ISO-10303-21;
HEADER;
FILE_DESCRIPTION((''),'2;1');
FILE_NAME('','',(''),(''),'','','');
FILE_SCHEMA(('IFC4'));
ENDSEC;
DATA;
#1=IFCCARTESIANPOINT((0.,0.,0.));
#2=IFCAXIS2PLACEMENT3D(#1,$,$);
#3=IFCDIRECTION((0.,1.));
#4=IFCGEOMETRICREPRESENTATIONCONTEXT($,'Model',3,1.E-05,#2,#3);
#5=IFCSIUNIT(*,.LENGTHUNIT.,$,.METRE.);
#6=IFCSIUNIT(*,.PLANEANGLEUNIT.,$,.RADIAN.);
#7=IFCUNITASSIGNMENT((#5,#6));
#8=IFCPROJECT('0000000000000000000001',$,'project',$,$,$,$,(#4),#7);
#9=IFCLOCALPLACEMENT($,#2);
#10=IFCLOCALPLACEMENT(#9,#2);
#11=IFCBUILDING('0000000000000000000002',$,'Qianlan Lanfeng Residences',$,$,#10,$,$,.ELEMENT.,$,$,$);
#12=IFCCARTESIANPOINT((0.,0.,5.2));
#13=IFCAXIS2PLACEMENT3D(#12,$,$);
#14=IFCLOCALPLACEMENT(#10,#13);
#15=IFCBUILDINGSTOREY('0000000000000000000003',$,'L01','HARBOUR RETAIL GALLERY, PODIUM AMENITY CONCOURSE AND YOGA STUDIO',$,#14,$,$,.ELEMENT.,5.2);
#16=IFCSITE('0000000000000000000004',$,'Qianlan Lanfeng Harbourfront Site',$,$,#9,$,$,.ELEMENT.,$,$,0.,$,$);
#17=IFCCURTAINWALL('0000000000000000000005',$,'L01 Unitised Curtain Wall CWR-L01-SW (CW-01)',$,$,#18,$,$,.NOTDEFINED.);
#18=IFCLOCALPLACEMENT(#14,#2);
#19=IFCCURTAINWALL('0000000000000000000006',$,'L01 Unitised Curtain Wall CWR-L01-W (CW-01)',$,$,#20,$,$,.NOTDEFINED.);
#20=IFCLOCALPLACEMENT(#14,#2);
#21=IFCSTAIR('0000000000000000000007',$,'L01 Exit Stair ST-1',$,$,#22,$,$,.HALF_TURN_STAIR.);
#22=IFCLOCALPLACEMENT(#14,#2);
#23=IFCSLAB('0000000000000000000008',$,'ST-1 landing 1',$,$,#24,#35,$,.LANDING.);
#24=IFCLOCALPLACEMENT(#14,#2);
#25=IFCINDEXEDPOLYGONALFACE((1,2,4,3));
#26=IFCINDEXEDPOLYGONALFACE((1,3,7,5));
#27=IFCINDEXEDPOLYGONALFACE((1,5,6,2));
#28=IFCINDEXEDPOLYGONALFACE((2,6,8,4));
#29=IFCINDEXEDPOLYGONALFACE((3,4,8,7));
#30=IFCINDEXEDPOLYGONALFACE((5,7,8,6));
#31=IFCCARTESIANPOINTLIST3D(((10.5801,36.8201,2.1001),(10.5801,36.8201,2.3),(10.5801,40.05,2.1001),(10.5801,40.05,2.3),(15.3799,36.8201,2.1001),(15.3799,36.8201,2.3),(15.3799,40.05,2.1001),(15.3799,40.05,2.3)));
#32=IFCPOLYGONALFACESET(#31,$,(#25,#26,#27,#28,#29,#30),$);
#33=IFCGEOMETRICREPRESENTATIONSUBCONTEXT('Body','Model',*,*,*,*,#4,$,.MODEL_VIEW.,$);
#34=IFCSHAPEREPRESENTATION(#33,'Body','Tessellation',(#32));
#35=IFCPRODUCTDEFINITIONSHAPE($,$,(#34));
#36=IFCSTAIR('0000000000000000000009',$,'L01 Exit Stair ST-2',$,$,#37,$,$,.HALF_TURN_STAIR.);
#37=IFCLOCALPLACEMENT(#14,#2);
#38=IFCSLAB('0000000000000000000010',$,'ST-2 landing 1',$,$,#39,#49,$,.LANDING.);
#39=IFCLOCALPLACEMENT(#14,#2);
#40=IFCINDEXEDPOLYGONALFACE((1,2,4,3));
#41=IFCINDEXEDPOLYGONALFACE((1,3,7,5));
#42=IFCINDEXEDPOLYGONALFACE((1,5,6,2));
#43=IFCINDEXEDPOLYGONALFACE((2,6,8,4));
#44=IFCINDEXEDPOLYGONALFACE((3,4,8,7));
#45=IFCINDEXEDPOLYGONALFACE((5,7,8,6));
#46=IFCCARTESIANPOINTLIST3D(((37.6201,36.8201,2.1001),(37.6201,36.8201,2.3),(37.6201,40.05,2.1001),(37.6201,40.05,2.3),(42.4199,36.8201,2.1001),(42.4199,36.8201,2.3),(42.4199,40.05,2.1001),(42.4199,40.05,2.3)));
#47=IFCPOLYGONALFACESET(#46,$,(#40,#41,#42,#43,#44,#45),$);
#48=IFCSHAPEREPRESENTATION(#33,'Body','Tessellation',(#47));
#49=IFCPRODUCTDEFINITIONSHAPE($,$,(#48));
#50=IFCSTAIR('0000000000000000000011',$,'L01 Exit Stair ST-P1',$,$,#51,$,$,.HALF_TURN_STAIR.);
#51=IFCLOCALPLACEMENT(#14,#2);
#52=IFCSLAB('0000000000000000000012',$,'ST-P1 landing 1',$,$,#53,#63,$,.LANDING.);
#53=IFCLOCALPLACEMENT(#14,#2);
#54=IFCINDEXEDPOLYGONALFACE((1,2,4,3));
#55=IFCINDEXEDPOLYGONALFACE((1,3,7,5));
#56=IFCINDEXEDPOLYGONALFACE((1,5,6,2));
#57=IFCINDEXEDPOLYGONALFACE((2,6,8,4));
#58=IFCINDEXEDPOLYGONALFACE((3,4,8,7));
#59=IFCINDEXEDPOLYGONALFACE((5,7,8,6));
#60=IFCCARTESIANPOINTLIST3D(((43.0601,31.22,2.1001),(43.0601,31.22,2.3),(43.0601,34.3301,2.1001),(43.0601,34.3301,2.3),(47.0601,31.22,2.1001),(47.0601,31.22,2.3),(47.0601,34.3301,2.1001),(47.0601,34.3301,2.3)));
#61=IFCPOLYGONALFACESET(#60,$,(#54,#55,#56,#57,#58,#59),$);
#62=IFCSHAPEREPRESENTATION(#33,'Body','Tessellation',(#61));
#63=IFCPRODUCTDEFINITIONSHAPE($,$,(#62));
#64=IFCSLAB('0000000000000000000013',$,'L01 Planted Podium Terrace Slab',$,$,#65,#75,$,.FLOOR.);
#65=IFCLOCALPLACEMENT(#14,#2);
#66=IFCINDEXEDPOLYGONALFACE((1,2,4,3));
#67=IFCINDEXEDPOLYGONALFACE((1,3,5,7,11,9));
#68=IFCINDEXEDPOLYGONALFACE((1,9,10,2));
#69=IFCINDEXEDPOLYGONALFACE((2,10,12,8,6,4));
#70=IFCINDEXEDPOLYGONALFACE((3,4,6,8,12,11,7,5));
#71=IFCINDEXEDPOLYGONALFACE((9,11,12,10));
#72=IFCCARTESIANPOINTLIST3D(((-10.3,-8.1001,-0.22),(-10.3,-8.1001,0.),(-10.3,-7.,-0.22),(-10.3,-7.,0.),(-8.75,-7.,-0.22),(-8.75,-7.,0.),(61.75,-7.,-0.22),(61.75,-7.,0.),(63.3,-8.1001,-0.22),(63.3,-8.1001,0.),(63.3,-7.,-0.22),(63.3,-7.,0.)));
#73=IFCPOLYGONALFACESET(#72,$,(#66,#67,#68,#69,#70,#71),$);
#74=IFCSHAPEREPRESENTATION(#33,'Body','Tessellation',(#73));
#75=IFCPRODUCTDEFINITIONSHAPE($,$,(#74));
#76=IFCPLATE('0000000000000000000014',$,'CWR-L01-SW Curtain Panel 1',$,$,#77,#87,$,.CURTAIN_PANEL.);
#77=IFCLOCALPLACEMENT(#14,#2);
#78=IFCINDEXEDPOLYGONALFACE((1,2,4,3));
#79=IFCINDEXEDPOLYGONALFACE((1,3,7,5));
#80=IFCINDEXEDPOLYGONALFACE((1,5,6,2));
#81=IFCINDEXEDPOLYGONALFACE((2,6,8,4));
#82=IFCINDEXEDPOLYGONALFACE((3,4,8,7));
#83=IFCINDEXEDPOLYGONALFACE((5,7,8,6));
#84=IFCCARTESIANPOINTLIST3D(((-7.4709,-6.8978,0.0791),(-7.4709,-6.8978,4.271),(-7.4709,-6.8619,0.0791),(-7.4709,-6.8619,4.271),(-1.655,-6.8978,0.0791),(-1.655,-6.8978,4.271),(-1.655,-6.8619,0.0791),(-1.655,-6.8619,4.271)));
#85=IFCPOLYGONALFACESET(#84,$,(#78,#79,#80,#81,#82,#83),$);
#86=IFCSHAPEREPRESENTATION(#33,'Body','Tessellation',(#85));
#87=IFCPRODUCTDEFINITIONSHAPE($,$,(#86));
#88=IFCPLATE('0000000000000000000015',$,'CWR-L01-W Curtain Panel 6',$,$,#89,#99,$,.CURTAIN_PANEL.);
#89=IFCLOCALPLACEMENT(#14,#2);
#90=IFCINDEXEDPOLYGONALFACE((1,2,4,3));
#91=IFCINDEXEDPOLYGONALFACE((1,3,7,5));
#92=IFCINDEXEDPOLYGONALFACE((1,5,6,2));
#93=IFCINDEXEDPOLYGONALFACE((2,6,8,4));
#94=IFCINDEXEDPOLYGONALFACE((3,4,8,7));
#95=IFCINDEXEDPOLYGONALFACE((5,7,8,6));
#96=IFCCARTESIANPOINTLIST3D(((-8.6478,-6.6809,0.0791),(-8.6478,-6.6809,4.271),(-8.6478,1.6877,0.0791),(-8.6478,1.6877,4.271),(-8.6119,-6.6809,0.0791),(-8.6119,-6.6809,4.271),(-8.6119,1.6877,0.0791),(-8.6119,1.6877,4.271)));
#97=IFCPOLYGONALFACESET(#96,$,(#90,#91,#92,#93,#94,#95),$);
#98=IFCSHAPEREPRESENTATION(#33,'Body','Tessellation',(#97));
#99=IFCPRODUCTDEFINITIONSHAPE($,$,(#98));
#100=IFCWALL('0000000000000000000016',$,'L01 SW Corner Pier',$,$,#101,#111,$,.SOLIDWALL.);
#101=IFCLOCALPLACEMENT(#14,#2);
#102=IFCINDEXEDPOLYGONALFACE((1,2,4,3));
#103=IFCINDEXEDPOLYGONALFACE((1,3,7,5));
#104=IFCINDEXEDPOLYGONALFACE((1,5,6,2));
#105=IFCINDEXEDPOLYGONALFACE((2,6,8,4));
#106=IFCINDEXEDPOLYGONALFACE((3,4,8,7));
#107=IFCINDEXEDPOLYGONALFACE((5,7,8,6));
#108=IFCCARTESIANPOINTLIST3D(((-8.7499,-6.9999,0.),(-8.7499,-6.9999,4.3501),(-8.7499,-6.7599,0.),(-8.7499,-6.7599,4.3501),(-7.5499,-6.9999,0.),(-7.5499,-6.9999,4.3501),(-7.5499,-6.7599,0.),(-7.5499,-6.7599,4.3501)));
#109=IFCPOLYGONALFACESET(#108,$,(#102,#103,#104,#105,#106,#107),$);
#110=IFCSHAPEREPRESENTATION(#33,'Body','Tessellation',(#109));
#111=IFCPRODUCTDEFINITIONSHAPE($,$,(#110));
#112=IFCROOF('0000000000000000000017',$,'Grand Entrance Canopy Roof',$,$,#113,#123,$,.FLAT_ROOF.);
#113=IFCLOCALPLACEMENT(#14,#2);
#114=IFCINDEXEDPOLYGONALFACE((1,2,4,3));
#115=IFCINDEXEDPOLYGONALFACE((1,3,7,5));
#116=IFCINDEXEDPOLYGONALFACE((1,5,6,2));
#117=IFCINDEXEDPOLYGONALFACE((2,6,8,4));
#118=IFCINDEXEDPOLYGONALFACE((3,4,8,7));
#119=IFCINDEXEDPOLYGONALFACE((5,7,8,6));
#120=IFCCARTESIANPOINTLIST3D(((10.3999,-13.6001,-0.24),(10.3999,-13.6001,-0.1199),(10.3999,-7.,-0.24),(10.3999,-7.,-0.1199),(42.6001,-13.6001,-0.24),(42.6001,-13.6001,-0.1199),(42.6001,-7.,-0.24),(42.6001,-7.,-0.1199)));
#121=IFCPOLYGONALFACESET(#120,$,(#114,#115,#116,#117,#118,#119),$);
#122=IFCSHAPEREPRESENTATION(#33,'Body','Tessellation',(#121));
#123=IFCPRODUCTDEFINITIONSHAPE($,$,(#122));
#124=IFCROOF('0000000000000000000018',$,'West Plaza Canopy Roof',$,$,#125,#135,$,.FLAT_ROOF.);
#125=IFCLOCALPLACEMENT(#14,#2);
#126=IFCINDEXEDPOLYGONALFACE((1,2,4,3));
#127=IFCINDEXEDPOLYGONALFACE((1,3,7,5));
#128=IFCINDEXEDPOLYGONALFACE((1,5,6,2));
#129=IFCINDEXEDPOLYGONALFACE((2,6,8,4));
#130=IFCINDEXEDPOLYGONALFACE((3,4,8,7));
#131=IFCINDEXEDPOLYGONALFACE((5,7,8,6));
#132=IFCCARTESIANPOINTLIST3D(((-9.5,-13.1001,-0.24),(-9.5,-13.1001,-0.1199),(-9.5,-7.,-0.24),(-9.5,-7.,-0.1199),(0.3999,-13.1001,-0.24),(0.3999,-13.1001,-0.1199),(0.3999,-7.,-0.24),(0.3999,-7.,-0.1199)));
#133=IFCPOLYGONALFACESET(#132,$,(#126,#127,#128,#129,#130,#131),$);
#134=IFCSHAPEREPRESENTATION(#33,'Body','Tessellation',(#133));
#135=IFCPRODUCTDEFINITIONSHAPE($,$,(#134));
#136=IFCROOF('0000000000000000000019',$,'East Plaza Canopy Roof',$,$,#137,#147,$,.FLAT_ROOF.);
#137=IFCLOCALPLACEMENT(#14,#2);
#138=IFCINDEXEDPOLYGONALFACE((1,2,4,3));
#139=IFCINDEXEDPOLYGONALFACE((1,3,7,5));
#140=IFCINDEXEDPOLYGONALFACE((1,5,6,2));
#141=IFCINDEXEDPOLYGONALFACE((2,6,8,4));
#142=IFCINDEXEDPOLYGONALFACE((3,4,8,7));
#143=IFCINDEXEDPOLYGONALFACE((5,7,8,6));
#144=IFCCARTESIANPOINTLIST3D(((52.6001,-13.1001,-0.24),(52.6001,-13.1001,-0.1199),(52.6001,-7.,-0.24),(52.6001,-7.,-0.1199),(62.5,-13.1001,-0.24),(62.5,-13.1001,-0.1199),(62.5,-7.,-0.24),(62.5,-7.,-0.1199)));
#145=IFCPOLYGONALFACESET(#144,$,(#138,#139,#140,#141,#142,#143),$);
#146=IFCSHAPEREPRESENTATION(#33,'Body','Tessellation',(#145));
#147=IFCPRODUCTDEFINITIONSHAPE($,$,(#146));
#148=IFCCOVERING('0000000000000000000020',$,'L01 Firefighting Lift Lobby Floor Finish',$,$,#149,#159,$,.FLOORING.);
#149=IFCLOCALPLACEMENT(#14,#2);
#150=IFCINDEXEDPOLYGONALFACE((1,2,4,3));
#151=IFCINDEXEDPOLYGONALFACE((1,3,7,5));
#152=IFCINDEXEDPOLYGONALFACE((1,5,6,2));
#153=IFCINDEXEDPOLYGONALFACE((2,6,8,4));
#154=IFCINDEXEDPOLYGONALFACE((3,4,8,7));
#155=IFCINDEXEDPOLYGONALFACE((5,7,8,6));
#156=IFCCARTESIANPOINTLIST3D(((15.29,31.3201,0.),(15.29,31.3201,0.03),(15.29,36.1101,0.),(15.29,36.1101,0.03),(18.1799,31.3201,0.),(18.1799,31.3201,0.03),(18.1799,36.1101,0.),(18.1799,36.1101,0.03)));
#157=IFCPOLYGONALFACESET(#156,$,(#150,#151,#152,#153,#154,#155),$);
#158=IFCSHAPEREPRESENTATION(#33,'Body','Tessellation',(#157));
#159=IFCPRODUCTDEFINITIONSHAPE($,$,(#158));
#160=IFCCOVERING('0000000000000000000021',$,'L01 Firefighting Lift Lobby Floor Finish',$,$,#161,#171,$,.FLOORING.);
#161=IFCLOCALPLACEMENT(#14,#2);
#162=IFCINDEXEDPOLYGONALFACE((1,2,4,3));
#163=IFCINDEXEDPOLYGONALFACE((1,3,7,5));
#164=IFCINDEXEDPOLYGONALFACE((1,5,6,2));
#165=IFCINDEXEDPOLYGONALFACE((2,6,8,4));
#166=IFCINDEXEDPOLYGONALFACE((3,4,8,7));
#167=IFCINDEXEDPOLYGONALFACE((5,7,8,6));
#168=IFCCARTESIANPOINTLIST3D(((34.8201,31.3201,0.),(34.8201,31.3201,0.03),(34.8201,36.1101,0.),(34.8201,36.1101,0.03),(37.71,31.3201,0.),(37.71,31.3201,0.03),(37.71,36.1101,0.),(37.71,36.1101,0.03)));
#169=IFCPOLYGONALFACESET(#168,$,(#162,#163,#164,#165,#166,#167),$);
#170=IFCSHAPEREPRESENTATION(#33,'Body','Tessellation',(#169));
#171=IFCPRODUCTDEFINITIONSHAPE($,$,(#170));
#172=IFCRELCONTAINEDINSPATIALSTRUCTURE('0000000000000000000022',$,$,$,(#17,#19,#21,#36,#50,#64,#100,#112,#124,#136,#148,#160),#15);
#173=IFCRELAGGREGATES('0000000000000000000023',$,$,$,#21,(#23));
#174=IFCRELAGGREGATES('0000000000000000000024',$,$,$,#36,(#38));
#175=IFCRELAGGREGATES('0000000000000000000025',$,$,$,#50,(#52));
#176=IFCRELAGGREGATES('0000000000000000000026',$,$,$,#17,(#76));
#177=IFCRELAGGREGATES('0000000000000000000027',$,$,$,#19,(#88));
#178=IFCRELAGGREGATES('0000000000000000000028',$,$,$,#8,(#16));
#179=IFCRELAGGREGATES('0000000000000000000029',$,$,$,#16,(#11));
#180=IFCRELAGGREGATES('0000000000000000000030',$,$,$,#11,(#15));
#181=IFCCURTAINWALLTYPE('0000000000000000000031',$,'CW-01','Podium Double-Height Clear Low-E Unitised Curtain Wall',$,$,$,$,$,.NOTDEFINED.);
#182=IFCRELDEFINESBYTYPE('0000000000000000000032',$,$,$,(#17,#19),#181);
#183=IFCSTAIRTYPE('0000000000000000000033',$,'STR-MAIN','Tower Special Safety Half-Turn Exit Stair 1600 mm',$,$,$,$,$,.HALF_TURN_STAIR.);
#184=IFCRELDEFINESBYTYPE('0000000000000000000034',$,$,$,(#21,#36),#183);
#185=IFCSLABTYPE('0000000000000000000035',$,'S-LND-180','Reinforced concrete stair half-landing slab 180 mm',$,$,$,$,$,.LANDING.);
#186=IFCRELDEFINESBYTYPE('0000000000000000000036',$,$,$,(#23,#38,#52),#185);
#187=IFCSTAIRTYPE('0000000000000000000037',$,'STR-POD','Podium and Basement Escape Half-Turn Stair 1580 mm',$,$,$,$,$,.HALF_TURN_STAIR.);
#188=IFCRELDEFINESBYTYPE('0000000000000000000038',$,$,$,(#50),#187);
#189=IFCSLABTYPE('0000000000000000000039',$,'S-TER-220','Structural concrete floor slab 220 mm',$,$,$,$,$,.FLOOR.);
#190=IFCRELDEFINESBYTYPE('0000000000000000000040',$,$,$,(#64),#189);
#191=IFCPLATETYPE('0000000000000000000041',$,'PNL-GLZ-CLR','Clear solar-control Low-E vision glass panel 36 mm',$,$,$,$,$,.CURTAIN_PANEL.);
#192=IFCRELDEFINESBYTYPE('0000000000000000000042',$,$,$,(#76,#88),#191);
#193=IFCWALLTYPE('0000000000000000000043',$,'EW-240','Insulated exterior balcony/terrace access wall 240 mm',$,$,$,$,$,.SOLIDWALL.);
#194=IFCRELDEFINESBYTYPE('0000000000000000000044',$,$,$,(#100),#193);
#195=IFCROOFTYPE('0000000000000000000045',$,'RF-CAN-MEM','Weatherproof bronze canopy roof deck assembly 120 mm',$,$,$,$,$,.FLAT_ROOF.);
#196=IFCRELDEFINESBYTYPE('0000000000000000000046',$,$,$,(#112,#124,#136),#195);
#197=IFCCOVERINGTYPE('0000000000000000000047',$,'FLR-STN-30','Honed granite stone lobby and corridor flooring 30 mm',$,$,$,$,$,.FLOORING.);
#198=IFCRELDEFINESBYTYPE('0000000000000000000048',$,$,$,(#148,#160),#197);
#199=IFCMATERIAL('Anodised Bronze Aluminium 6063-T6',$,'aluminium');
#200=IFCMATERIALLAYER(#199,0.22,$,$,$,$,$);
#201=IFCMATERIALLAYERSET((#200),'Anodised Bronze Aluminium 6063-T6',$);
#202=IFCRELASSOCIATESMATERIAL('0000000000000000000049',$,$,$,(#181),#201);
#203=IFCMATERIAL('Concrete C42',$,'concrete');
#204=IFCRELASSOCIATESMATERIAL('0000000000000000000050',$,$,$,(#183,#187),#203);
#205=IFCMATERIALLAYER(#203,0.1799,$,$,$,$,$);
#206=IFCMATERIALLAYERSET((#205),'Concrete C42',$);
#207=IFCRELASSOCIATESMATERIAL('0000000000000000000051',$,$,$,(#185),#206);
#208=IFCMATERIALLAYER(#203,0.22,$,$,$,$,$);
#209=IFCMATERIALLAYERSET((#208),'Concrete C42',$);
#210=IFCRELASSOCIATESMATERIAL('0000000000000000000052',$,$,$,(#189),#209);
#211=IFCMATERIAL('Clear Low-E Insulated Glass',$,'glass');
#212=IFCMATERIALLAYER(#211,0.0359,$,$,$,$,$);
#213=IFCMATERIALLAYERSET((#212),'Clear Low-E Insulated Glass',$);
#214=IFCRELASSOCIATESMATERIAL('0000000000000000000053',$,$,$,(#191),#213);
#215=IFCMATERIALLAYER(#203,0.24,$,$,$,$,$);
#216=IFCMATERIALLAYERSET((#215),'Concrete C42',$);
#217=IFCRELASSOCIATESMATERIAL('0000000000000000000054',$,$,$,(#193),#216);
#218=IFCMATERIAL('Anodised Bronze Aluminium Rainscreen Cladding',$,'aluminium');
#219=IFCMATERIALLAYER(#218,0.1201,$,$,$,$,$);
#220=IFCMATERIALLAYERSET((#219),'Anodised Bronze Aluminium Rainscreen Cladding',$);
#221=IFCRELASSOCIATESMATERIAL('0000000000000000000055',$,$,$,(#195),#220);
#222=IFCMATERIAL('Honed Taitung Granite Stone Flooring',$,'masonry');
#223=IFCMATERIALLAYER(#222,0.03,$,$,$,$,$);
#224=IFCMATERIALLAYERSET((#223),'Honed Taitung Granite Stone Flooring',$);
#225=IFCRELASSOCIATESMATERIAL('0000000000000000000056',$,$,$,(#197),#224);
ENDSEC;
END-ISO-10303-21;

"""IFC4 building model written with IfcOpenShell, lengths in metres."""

from ifc_helpers import new_model, si_unit, direction, frame, frame_2d, origin, origin_2d, place, context, subcontext, project, spatial, polyline, rectangle, outline, extrude, source, transform, mapped, material, layer, layer_set, type_object, element, aggregate, save


model = new_model("IFC4")

# Units and contexts
model_context = context("Model", 3, precision=1e-05, world=origin(), true_north=direction((0.0, 1.0)))
body_context = subcontext(model_context, "Body", "Model", "MODEL_VIEW")
ifc_project = project(units=[si_unit("LENGTHUNIT", "METRE"), si_unit("PLANEANGLEUNIT", "RADIAN")], contexts=[model_context])

# Site, building, storey
site_placement = place(None, origin())
site = spatial("IfcSite", under=ifc_project, at=site_placement, Name="Qianlan Lanfeng Harbourfront Site", CompositionType="ELEMENT", RefElevation=0.0)
building_placement = place(site_placement, origin())
building = spatial("IfcBuilding", under=site, at=building_placement, Name="Qianlan Lanfeng Residences", CompositionType="ELEMENT")
storey_placement = place(building_placement, frame((0.0, 0.0, 5.2)))
storey = spatial("IfcBuildingStorey", under=building, at=storey_placement, Name="L01", Description="HARBOUR RETAIL GALLERY, PODIUM AMENITY CONCOURSE AND YOGA STUDIO", CompositionType="ELEMENT", Elevation=5.2)

# Curtain wall
ifc_material_1 = material(Name="Anodised Bronze Aluminium 6063-T6", Category="aluminium")
ifc_layer_1 = layer(ifc_material_1, 0.22)
ifc_layer_set_1 = layer_set([ifc_layer_1], Name="Anodised Bronze Aluminium 6063-T6")
curtain_wall_type = type_object("IfcCurtainWallType", Name="CW-01", Description="Podium Double-Height Clear Low-E Unitised Curtain Wall", PredefinedType="NOTDEFINED", material=ifc_layer_set_1)
curtain_wall_1_placement = place(storey_placement, origin())
curtain_wall_1 = element("IfcCurtainWall", 1, at=curtain_wall_1_placement, inside=storey, type_object=curtain_wall_type, Name="L01 Unitised Curtain Wall CWR-L01-SW (CW-01)", PredefinedType="NOTDEFINED")

# Curtain wall
curtain_wall_2_placement = place(storey_placement, origin())
curtain_wall_2 = element("IfcCurtainWall", 2, at=curtain_wall_2_placement, inside=storey, type_object=curtain_wall_type, Name="L01 Unitised Curtain Wall CWR-L01-W (CW-01)", PredefinedType="NOTDEFINED")

# Stairs, slabs
ifc_material_2 = material(Name="Concrete C42", Category="concrete")
stair_type_1 = type_object("IfcStairType", Name="STR-MAIN", Description="Tower Special Safety Half-Turn Exit Stair 1600 mm", PredefinedType="HALF_TURN_STAIR", material=ifc_material_2)
stair_1_placement = place(storey_placement, origin())
stair_1 = element("IfcStair", 3, at=stair_1_placement, inside=storey, type_object=stair_type_1, Name="L01 Exit Stair ST-1", PredefinedType="HALF_TURN_STAIR")
ifc_layer_2 = layer(ifc_material_2, 0.1799)
ifc_layer_set_2 = layer_set([ifc_layer_2], Name="Concrete C42")
slab_type_1 = type_object("IfcSlabType", Name="S-LND-180", Description="Reinforced concrete stair half-landing slab 180 mm", PredefinedType="LANDING", material=ifc_layer_set_2)
slab_1_placement = place(storey_placement, frame((0.0, 0.0, 2.1001)))
slab_1 = element("IfcSlab", 4, at=slab_1_placement, type_object=slab_type_1, Name="ST-1 landing 1", PredefinedType="LANDING", context=body_context, shape_type="SweptSolid", body=[
    extrude(outline(polyline([(10.5801, 36.8201), (15.3799, 36.8201), (15.3799, 40.05), (10.5801, 40.05), (10.5801, 36.8201)])), origin(), (0.0, 0.0, 1.0), 0.2),
])
aggregate(stair_1, [slab_1])
stair_2_placement = place(storey_placement, origin())
stair_2 = element("IfcStair", 5, at=stair_2_placement, inside=storey, type_object=stair_type_1, Name="L01 Exit Stair ST-2", PredefinedType="HALF_TURN_STAIR")
slab_2_placement = place(storey_placement, frame((0.0, 0.0, 2.1001)))
slab_2 = element("IfcSlab", 6, at=slab_2_placement, type_object=slab_type_1, Name="ST-2 landing 1", PredefinedType="LANDING", context=body_context, shape_type="SweptSolid", body=[
    extrude(outline(polyline([(37.6201, 36.8201), (42.4199, 36.8201), (42.4199, 40.05), (37.6201, 40.05), (37.6201, 36.8201)])), origin(), (0.0, 0.0, 1.0), 0.2),
])
aggregate(stair_2, [slab_2])
stair_type_2 = type_object("IfcStairType", Name="STR-POD", Description="Podium and Basement Escape Half-Turn Stair 1580 mm", PredefinedType="HALF_TURN_STAIR", material=ifc_material_2)
stair_3_placement = place(storey_placement, origin())
stair_3 = element("IfcStair", 7, at=stair_3_placement, inside=storey, type_object=stair_type_2, Name="L01 Exit Stair ST-P1", PredefinedType="HALF_TURN_STAIR")
slab_3_placement = place(storey_placement, frame((0.0, 0.0, 2.1001)))
slab_3 = element("IfcSlab", 8, at=slab_3_placement, type_object=slab_type_1, Name="ST-P1 landing 1", PredefinedType="LANDING", context=body_context, shape_type="SweptSolid", body=[
    extrude(outline(polyline([(43.0601, 31.22), (47.0601, 31.22), (47.0601, 34.3301), (43.0601, 34.3301), (43.0601, 31.22)])), origin(), (0.0, 0.0, 1.0), 0.2),
])
aggregate(stair_3, [slab_3])

# Slab
ifc_layer_3 = layer(ifc_material_2, 0.22)
ifc_layer_set_3 = layer_set([ifc_layer_3], Name="Concrete C42")
slab_type_2 = type_object("IfcSlabType", Name="S-TER-220", Description="Structural concrete floor slab 220 mm", PredefinedType="FLOOR", material=ifc_layer_set_3)
slab_4_placement = place(storey_placement, frame((0.0, 0.0, -0.22)))
element("IfcSlab", 9, at=slab_4_placement, inside=storey, type_object=slab_type_2, Name="L01 Planted Podium Terrace Slab", PredefinedType="FLOOR", context=body_context, shape_type="SweptSolid", body=[
    extrude(outline(polyline([(61.75, -7.0), (-8.75, -7.0), (-10.3, -7.0), (-10.3, -8.1001), (63.3, -8.1001), (63.3, -7.0), (61.75, -7.0)])), origin(), (0.0, 0.0, 1.0), 0.22),
])

# Plates
ifc_material_3 = material(Name="Clear Low-E Insulated Glass", Category="glass")
ifc_layer_4 = layer(ifc_material_3, 0.0359)
ifc_layer_set_4 = layer_set([ifc_layer_4], Name="Clear Low-E Insulated Glass")
plate_type = type_object("IfcPlateType", Name="PNL-GLZ-CLR", Description="Clear solar-control Low-E vision glass panel 36 mm", PredefinedType="CURTAIN_PANEL", material=ifc_layer_set_4)
shared_shape_1 = source(origin(), body_context, "Body", "SweptSolid", [
    extrude(rectangle(XDim=5.8159, YDim=0.0359, at=origin_2d()), origin(), (0.0, 0.0, 1.0), 4.1919),
])
plate_1_placement = place(storey_placement, frame((-4.563, -6.8799, 0.0791), z_axis=(0.0, 0.0, 1.0), x_axis=(1.0, 0.0, 0.0)))
plate_1 = element("IfcPlate", 10, at=plate_1_placement, type_object=plate_type, Name="CWR-L01-SW Curtain Panel 1", PredefinedType="CURTAIN_PANEL", context=body_context, shape_type="MappedRepresentation", body=[
    mapped(shared_shape_1, transform((0.0, 0.0, 0.0), scale=1.0)),
])
aggregate(curtain_wall_1, [plate_1])
shared_shape_2 = source(origin(), body_context, "Body", "SweptSolid", [
    extrude(rectangle(XDim=8.3687, YDim=0.0359, at=origin_2d()), origin(), (0.0, 0.0, 1.0), 4.1919),
])
plate_2_placement = place(storey_placement, frame((-8.6299, -2.4966, 0.0791), z_axis=(0.0, 0.0, 1.0), x_axis=(0.0, -1.0, 0.0)))
plate_2 = element("IfcPlate", 11, at=plate_2_placement, type_object=plate_type, Name="CWR-L01-W Curtain Panel 6", PredefinedType="CURTAIN_PANEL", context=body_context, shape_type="MappedRepresentation", body=[
    mapped(shared_shape_2, transform((0.0, 0.0, 0.0), scale=1.0)),
])
aggregate(curtain_wall_2, [plate_2])

# Wall
ifc_layer_5 = layer(ifc_material_2, 0.24)
ifc_layer_set_5 = layer_set([ifc_layer_5], Name="Concrete C42")
wall_type = type_object("IfcWallType", Name="EW-240", Description="Insulated exterior balcony/terrace access wall 240 mm", PredefinedType="SOLIDWALL", material=ifc_layer_set_5)
wall_placement = place(storey_placement, frame((-8.75, -6.8799, 0.0), z_axis=(0.0, 0.0, 1.0), x_axis=(1.0, 0.0, 0.0)))
element("IfcWall", 12, at=wall_placement, inside=storey, type_object=wall_type, Name="L01 SW Corner Pier", PredefinedType="SOLIDWALL", context=body_context, shape_type="SweptSolid", body=[
    extrude(rectangle(XDim=1.2, YDim=0.24, at=frame_2d((0.6001, 0.0))), origin(), (0.0, 0.0, 1.0), 4.3501),
])

# Roofs
ifc_material_4 = material(Name="Anodised Bronze Aluminium Rainscreen Cladding", Category="aluminium")
ifc_layer_6 = layer(ifc_material_4, 0.1201)
ifc_layer_set_6 = layer_set([ifc_layer_6], Name="Anodised Bronze Aluminium Rainscreen Cladding")
roof_type = type_object("IfcRoofType", Name="RF-CAN-MEM", Description="Weatherproof bronze canopy roof deck assembly 120 mm", PredefinedType="FLAT_ROOF", material=ifc_layer_set_6)
roof_1_placement = place(storey_placement, frame((0.0, 0.0, -0.24)))
element("IfcRoof", 13, at=roof_1_placement, inside=storey, type_object=roof_type, Name="Grand Entrance Canopy Roof", PredefinedType="FLAT_ROOF", context=body_context, shape_type="SweptSolid", body=[
    extrude(outline(polyline([(10.3999, -13.6001), (42.6001, -13.6001), (42.6001, -7.0), (10.3999, -7.0), (10.3999, -13.6001)])), origin(), (0.0, 0.0, 1.0), 0.1201),
])
roof_2_placement = place(storey_placement, frame((0.0, 0.0, -0.24)))
element("IfcRoof", 14, at=roof_2_placement, inside=storey, type_object=roof_type, Name="West Plaza Canopy Roof", PredefinedType="FLAT_ROOF", context=body_context, shape_type="SweptSolid", body=[
    extrude(outline(polyline([(-9.5, -13.1001), (0.3999, -13.1001), (0.3999, -7.0), (-9.5, -7.0), (-9.5, -13.1001)])), origin(), (0.0, 0.0, 1.0), 0.1201),
])
roof_3_placement = place(storey_placement, frame((0.0, 0.0, -0.24)))
element("IfcRoof", 15, at=roof_3_placement, inside=storey, type_object=roof_type, Name="East Plaza Canopy Roof", PredefinedType="FLAT_ROOF", context=body_context, shape_type="SweptSolid", body=[
    extrude(outline(polyline([(52.6001, -13.1001), (62.5, -13.1001), (62.5, -7.0), (52.6001, -7.0), (52.6001, -13.1001)])), origin(), (0.0, 0.0, 1.0), 0.1201),
])

# Coverings
ifc_material_5 = material(Name="Honed Taitung Granite Stone Flooring", Category="masonry")
ifc_layer_7 = layer(ifc_material_5, 0.03)
ifc_layer_set_7 = layer_set([ifc_layer_7], Name="Honed Taitung Granite Stone Flooring")
covering_type = type_object("IfcCoveringType", Name="FLR-STN-30", Description="Honed granite stone lobby and corridor flooring 30 mm", PredefinedType="FLOORING", material=ifc_layer_set_7)
covering_1_placement = place(storey_placement, origin())
element("IfcCovering", 16, at=covering_1_placement, inside=storey, type_object=covering_type, Name="L01 Firefighting Lift Lobby Floor Finish", PredefinedType="FLOORING", context=body_context, shape_type="SweptSolid", body=[
    extrude(outline(polyline([(15.29, 31.3201), (18.1799, 31.3201), (18.1799, 36.1101), (15.29, 36.1101), (15.29, 31.3201)])), origin(), (0.0, 0.0, 1.0), 0.03),
])
covering_2_placement = place(storey_placement, origin())
element("IfcCovering", 17, at=covering_2_placement, inside=storey, type_object=covering_type, Name="L01 Firefighting Lift Lobby Floor Finish", PredefinedType="FLOORING", context=body_context, shape_type="SweptSolid", body=[
    extrude(outline(polyline([(34.8201, 31.3201), (37.71, 31.3201), (37.71, 36.1101), (34.8201, 36.1101), (34.8201, 31.3201)])), origin(), (0.0, 0.0, 1.0), 0.03),
])

save(model, "model.ifc")
